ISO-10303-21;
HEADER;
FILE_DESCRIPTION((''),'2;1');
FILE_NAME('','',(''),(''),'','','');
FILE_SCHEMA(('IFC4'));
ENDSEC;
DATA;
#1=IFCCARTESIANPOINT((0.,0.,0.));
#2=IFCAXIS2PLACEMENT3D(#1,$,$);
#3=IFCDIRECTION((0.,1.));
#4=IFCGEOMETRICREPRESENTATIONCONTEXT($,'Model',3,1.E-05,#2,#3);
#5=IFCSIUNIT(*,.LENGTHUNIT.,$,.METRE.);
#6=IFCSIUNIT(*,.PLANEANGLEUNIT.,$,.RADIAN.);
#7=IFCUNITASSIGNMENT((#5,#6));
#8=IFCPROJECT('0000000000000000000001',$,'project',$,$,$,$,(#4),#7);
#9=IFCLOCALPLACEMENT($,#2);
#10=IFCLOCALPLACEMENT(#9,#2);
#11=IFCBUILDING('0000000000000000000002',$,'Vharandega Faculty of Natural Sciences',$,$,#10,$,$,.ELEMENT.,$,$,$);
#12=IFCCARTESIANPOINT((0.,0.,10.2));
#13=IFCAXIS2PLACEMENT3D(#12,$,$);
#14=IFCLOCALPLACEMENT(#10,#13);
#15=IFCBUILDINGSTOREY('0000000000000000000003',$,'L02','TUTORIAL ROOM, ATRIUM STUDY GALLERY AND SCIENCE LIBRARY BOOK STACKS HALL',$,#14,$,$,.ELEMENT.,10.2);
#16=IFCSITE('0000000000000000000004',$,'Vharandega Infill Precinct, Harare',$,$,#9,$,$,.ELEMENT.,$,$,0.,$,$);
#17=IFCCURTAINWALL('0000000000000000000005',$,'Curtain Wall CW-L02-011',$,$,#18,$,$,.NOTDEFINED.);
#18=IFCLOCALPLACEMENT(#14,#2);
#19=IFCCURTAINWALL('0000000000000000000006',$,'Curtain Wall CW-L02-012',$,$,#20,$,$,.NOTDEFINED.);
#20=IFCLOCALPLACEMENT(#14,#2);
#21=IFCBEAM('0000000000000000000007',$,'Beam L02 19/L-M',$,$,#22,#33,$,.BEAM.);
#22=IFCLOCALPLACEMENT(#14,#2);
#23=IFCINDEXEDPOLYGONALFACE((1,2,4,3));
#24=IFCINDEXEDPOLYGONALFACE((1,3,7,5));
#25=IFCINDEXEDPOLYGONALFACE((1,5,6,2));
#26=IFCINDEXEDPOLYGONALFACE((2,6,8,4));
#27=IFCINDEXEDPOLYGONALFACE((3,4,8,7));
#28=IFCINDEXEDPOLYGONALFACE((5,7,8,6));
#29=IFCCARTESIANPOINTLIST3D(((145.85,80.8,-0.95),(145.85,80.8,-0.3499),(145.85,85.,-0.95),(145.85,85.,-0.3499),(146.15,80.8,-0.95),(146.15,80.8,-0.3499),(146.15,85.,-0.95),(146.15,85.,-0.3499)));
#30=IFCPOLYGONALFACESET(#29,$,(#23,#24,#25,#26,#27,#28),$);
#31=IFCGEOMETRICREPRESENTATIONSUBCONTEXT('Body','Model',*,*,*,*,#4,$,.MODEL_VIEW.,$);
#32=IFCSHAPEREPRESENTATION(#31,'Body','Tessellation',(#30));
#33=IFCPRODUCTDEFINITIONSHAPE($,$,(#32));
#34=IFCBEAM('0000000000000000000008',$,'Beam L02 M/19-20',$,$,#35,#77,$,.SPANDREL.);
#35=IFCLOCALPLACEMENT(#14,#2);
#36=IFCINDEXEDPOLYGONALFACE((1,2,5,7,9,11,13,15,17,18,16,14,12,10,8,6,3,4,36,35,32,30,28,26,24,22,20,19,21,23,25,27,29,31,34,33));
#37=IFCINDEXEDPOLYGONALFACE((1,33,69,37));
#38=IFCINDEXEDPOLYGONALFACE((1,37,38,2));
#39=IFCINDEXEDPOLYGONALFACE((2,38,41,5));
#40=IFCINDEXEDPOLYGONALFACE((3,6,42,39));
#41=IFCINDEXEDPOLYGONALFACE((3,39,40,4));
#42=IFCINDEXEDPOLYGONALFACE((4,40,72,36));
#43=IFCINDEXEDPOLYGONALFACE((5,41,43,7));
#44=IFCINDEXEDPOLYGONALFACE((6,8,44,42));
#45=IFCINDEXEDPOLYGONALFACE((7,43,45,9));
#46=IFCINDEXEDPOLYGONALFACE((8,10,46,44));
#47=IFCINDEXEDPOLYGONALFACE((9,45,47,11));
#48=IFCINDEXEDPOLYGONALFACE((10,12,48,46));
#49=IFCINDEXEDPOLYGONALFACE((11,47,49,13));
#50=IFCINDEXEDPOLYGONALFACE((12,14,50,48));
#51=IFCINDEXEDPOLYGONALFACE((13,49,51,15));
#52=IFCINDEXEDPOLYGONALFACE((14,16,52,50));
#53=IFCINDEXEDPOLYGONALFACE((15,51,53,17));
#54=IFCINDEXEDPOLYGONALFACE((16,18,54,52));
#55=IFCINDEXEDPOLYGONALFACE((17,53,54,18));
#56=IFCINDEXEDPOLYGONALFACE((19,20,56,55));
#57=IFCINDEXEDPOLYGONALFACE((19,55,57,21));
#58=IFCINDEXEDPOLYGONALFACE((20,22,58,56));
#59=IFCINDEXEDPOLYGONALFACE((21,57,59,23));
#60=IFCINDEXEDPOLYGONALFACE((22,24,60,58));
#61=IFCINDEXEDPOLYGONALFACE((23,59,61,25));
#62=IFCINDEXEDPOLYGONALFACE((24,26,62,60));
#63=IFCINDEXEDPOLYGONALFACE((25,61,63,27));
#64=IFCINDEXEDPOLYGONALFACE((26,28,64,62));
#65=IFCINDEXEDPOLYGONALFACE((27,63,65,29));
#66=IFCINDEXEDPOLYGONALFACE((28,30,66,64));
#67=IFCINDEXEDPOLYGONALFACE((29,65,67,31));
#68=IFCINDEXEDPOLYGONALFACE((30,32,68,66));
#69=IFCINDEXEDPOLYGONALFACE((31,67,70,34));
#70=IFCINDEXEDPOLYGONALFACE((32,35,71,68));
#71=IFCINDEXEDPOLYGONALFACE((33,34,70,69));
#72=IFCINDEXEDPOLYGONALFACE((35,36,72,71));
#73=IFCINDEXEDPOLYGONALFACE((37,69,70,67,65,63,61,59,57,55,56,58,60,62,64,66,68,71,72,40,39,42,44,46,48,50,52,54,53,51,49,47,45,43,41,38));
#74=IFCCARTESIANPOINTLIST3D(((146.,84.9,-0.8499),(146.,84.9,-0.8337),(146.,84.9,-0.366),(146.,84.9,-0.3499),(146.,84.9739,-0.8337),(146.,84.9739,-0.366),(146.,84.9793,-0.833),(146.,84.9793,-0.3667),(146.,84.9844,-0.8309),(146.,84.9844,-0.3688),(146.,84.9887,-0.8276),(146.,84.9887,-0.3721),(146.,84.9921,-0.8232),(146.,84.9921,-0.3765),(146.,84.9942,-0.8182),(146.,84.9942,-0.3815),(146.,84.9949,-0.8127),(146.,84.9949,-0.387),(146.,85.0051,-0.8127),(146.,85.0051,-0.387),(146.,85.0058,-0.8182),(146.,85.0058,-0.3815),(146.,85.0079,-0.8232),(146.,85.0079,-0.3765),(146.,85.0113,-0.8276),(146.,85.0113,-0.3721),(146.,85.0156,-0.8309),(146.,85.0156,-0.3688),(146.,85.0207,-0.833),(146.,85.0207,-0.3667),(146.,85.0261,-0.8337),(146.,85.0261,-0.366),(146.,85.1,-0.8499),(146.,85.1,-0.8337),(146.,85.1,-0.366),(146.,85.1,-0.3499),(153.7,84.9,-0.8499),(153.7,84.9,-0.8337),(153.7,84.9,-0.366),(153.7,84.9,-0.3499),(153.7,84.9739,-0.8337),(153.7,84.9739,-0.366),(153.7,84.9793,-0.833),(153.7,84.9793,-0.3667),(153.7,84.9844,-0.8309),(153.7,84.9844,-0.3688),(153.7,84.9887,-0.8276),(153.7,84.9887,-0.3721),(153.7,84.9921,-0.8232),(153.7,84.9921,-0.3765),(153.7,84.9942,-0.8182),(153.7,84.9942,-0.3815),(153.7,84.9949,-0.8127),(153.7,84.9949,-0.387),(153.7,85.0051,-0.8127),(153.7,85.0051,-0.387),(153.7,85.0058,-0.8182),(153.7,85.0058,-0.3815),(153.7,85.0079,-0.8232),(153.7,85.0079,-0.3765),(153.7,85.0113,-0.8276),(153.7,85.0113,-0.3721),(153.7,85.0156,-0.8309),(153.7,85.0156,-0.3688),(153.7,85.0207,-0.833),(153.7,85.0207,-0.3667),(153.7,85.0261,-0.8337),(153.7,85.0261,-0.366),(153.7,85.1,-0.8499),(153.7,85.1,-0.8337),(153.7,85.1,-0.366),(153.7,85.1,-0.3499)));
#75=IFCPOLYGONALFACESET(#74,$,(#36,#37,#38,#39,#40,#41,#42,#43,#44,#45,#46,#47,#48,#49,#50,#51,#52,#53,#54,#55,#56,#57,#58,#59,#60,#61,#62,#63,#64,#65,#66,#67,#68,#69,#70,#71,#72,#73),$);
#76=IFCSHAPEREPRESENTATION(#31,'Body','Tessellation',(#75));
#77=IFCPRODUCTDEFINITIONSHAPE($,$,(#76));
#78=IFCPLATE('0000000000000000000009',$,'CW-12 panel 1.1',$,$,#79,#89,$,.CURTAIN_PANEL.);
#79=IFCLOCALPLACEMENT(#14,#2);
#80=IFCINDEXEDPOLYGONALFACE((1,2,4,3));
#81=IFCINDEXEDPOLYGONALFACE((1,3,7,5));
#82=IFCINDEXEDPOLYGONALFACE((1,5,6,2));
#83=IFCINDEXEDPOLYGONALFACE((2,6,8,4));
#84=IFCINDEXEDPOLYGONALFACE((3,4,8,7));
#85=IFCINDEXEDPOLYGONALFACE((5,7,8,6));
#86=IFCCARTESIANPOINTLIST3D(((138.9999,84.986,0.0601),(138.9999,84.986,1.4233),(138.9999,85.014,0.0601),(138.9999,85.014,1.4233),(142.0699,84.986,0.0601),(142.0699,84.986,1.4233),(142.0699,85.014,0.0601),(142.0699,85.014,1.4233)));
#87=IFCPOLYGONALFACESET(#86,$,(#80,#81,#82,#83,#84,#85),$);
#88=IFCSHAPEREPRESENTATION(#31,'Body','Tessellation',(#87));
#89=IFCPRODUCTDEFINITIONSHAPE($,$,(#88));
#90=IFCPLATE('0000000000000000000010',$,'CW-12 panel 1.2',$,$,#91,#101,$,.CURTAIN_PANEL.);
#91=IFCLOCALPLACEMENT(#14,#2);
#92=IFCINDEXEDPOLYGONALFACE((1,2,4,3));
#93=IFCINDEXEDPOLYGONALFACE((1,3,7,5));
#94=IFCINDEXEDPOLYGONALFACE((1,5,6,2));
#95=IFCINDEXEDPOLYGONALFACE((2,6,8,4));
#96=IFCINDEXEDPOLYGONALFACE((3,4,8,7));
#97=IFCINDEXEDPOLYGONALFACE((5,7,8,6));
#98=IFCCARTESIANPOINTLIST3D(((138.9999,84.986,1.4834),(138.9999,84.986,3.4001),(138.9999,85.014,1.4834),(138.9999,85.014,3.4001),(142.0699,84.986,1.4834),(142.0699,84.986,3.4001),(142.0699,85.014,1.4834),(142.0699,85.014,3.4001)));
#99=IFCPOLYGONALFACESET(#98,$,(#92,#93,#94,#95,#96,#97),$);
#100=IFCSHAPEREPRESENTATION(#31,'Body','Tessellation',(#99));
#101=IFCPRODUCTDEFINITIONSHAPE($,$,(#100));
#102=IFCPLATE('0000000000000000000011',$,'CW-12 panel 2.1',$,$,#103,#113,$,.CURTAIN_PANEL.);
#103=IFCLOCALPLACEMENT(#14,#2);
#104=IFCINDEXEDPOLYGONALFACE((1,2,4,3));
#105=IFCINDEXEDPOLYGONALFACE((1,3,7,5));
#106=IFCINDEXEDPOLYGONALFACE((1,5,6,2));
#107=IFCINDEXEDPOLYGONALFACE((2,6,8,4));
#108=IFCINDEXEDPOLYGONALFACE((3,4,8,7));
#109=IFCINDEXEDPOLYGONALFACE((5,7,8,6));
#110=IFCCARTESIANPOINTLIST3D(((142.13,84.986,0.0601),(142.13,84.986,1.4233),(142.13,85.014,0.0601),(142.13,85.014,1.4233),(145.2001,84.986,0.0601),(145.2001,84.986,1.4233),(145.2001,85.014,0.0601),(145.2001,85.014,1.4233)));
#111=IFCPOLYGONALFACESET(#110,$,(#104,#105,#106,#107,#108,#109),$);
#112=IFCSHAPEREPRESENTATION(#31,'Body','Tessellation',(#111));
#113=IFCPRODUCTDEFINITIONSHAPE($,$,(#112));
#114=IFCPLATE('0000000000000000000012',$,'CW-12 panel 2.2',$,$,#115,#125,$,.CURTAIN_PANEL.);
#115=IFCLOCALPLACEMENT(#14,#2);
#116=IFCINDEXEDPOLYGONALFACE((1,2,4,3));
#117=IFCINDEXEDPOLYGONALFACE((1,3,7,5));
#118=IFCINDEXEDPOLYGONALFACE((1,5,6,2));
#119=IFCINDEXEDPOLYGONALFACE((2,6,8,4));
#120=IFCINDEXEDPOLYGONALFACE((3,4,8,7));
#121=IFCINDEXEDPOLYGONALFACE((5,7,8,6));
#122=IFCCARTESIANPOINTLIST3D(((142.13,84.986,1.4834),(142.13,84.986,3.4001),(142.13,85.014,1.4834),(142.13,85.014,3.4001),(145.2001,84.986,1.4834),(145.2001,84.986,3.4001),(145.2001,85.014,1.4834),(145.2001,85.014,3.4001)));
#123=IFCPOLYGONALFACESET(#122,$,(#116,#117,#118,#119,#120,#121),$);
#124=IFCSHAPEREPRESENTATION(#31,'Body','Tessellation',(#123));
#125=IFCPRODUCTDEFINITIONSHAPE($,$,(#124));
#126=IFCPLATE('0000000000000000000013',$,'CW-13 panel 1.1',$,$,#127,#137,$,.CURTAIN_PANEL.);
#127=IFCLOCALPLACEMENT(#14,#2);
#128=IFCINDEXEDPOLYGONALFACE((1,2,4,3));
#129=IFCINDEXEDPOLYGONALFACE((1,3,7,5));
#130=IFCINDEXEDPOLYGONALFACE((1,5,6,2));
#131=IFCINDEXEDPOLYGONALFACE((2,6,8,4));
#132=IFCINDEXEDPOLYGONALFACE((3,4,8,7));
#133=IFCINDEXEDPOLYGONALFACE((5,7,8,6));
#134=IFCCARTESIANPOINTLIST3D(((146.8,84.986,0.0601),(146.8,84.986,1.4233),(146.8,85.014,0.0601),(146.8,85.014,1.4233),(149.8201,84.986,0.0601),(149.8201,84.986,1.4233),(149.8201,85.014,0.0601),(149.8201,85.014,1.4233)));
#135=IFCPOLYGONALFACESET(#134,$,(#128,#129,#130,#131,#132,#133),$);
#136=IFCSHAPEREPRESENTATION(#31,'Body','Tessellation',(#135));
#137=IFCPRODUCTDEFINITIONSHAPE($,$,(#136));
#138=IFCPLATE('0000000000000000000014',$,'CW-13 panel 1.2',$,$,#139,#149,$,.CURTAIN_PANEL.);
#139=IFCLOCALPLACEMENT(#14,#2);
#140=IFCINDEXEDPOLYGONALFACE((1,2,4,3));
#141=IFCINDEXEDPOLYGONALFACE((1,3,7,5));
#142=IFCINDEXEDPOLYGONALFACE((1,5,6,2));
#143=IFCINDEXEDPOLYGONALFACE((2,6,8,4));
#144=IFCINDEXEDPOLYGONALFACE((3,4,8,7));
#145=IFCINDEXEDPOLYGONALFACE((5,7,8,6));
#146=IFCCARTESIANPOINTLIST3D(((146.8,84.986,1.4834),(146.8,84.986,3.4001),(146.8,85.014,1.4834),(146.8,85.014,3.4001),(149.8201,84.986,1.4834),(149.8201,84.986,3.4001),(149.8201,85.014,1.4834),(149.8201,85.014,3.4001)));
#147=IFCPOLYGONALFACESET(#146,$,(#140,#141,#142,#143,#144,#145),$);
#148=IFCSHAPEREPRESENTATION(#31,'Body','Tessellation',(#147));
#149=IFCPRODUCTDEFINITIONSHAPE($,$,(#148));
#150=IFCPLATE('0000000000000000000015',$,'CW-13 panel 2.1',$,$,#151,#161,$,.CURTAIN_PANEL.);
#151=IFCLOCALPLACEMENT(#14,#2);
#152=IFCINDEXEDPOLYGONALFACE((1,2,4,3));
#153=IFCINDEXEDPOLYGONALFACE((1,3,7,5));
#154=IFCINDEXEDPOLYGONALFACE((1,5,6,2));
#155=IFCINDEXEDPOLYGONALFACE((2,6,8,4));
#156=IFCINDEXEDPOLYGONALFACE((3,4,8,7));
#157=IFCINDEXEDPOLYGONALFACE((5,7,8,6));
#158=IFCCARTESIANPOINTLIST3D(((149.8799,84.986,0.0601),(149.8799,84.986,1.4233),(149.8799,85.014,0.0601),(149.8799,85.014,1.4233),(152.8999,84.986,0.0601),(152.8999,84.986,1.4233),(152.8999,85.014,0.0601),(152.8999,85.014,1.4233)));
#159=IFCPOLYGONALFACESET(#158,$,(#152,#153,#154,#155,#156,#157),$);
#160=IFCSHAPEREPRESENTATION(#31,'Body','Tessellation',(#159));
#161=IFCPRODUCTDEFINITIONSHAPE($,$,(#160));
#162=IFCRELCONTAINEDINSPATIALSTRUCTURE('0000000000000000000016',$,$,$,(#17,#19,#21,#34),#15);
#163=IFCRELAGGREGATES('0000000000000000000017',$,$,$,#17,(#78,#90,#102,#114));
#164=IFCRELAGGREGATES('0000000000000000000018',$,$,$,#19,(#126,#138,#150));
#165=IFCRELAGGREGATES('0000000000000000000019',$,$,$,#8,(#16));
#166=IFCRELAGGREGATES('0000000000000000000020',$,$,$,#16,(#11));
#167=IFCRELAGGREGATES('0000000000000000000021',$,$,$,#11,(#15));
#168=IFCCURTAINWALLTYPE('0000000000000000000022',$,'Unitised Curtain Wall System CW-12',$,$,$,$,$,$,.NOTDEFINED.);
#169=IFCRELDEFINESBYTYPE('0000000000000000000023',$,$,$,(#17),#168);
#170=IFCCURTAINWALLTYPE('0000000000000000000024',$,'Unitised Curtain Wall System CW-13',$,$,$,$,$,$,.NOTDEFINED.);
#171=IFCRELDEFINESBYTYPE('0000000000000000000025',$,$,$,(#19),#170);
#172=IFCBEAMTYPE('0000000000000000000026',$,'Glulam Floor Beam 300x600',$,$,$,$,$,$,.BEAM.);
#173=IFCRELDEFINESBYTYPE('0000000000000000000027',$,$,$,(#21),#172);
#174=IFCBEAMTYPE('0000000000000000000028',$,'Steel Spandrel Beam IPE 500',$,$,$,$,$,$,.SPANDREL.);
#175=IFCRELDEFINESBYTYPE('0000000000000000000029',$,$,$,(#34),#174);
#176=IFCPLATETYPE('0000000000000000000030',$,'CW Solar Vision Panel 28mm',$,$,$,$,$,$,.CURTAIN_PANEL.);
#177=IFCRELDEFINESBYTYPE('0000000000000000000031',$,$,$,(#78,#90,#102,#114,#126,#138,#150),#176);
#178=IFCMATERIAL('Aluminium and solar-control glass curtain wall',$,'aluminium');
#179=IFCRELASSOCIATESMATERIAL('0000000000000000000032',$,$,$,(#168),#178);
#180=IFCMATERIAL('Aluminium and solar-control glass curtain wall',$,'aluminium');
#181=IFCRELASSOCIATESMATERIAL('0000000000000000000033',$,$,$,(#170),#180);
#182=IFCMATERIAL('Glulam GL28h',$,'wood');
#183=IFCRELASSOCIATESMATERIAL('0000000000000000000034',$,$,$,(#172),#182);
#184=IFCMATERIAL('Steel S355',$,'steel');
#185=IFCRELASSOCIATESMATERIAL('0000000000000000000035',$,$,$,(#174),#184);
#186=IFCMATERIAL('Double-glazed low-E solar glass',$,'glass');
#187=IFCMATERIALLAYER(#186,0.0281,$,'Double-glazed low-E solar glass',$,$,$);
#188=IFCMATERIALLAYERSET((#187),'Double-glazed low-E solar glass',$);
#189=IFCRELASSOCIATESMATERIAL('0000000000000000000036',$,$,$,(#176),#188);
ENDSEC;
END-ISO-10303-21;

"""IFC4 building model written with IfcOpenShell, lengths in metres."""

from ifc_helpers import new_model, si_unit, direction, frame, origin, origin_2d, place, context, subcontext, project, spatial, rectangle, i_section, extrude, material, layer, layer_set, material_profile, profile_set, type_object, element, aggregate, save


model = new_model("IFC4")

# Units and contexts
model_context = context("Model", 3, precision=1e-05, world=origin(), true_north=direction((0.0, 1.0)))
body_context = subcontext(model_context, "Body", "Model", "MODEL_VIEW")
ifc_project = project(units=[si_unit("LENGTHUNIT", "METRE"), si_unit("PLANEANGLEUNIT", "RADIAN")], contexts=[model_context])

# Site, building, storey
site_placement = place(None, origin())
site = spatial("IfcSite", under=ifc_project, at=site_placement, Name="Vharandega Infill Precinct, Harare", CompositionType="ELEMENT", RefElevation=0.0)
building_placement = place(site_placement, origin())
building = spatial("IfcBuilding", under=site, at=building_placement, Name="Vharandega Faculty of Natural Sciences", CompositionType="ELEMENT")
storey_placement = place(building_placement, frame((0.0, 0.0, 10.2)))
storey = spatial("IfcBuildingStorey", under=building, at=storey_placement, Name="L02", Description="TUTORIAL ROOM, ATRIUM STUDY GALLERY AND SCIENCE LIBRARY BOOK STACKS HALL", CompositionType="ELEMENT", Elevation=10.2)

# Curtain walls
ifc_material_1 = material(Name="Aluminium and solar-control glass curtain wall", Category="aluminium")
curtain_wall_type_1 = type_object("IfcCurtainWallType", Name="Unitised Curtain Wall System CW-12", PredefinedType="NOTDEFINED", material=ifc_material_1)
curtain_wall_1_placement = place(storey_placement, origin())
curtain_wall_1 = element("IfcCurtainWall", 1, at=curtain_wall_1_placement, inside=storey, type_object=curtain_wall_type_1, Name="Curtain Wall CW-L02-011", PredefinedType="NOTDEFINED")
ifc_material_2 = material(Name="Aluminium and solar-control glass curtain wall", Category="aluminium")
curtain_wall_type_2 = type_object("IfcCurtainWallType", Name="Unitised Curtain Wall System CW-13", PredefinedType="NOTDEFINED", material=ifc_material_2)
curtain_wall_2_placement = place(storey_placement, origin())
curtain_wall_2 = element("IfcCurtainWall", 2, at=curtain_wall_2_placement, inside=storey, type_object=curtain_wall_type_2, Name="Curtain Wall CW-L02-012", PredefinedType="NOTDEFINED")

# Beams
ifc_material_3 = material(Name="Glulam GL28h", Category="wood")
ifc_material_profile_1 = material_profile(ifc_material_3, rectangle(XDim=0.3, YDim=0.6001, at=origin_2d()), Name="GL28h 300x600")
ifc_profile_set_1 = profile_set([ifc_material_profile_1], Name="Glulam GL28h")
beam_type_1 = type_object("IfcBeamType", Name="Glulam Floor Beam 300x600", PredefinedType="BEAM", material=ifc_profile_set_1)
beam_1_placement = place(storey_placement, frame((146.0, 80.8, -0.6499), z_axis=(0.0, 1.0, 0.0), x_axis=(-1.0, 0.0, 0.0)))
element("IfcBeam", 3, at=beam_1_placement, inside=storey, type_object=beam_type_1, Name="Beam L02 19/L-M", PredefinedType="BEAM", context=body_context, shape_type="SweptSolid", body=[
    extrude(rectangle(XDim=0.3, YDim=0.6001, at=origin_2d()), origin(), (0.0, 0.0, 1.0), 4.2),
])
ifc_material_4 = material(Name="Steel S355", Category="steel")
ifc_material_profile_2 = material_profile(ifc_material_4, i_section(OverallWidth=0.2, OverallDepth=0.5, WebThickness=0.0103, FlangeThickness=0.0161, FilletRadius=0.021, at=origin_2d()), Name="IPE 500")
ifc_profile_set_2 = profile_set([ifc_material_profile_2], Name="Steel S355")
beam_type_2 = type_object("IfcBeamType", Name="Steel Spandrel Beam IPE 500", PredefinedType="SPANDREL", material=ifc_profile_set_2)
beam_2_placement = place(storey_placement, frame((146.0, 85.0, -0.5999), z_axis=(1.0, 0.0, 0.0), x_axis=(0.0, 1.0, 0.0)))
element("IfcBeam", 4, at=beam_2_placement, inside=storey, type_object=beam_type_2, Name="Beam L02 M/19-20", PredefinedType="SPANDREL", context=body_context, shape_type="SweptSolid", body=[
    extrude(i_section(OverallWidth=0.2, OverallDepth=0.5, WebThickness=0.0103, FlangeThickness=0.0161, FilletRadius=0.021, at=origin_2d()), origin(), (0.0, 0.0, 1.0), 7.7),
])

# Plates
ifc_material_5 = material(Name="Double-glazed low-E solar glass", Category="glass")
ifc_layer = layer(ifc_material_5, 0.0281, Name="Double-glazed low-E solar glass")
ifc_layer_set = layer_set([ifc_layer], Name="Double-glazed low-E solar glass")
plate_type = type_object("IfcPlateType", Name="CW Solar Vision Panel 28mm", PredefinedType="CURTAIN_PANEL", material=ifc_layer_set)
plate_1_placement = place(storey_placement, frame((140.5349, 85.0, 0.0601), z_axis=(0.0, 0.0, 1.0), x_axis=(1.0, 0.0, 0.0)))
plate_1 = element("IfcPlate", 5, at=plate_1_placement, type_object=plate_type, Name="CW-12 panel 1.1", PredefinedType="CURTAIN_PANEL", context=body_context, shape_type="SweptSolid", body=[
    extrude(rectangle(XDim=3.0701, YDim=0.0281, at=origin_2d()), origin(), (0.0, 0.0, 1.0), 1.3633),
])
plate_2_placement = place(storey_placement, frame((140.5349, 85.0, 1.4834), z_axis=(0.0, 0.0, 1.0), x_axis=(1.0, 0.0, 0.0)))
plate_2 = element("IfcPlate", 6, at=plate_2_placement, type_object=plate_type, Name="CW-12 panel 1.2", PredefinedType="CURTAIN_PANEL", context=body_context, shape_type="SweptSolid", body=[
    extrude(rectangle(XDim=3.0701, YDim=0.0281, at=origin_2d()), origin(), (0.0, 0.0, 1.0), 1.9167),
])
plate_3_placement = place(storey_placement, frame((143.665, 85.0, 0.0601), z_axis=(0.0, 0.0, 1.0), x_axis=(1.0, 0.0, 0.0)))
plate_3 = element("IfcPlate", 7, at=plate_3_placement, type_object=plate_type, Name="CW-12 panel 2.1", PredefinedType="CURTAIN_PANEL", context=body_context, shape_type="SweptSolid", body=[
    extrude(rectangle(XDim=3.0701, YDim=0.0281, at=origin_2d()), origin(), (0.0, 0.0, 1.0), 1.3633),
])
plate_4_placement = place(storey_placement, frame((143.665, 85.0, 1.4834), z_axis=(0.0, 0.0, 1.0), x_axis=(1.0, 0.0, 0.0)))
plate_4 = element("IfcPlate", 8, at=plate_4_placement, type_object=plate_type, Name="CW-12 panel 2.2", PredefinedType="CURTAIN_PANEL", context=body_context, shape_type="SweptSolid", body=[
    extrude(rectangle(XDim=3.0701, YDim=0.0281, at=origin_2d()), origin(), (0.0, 0.0, 1.0), 1.9167),
])
aggregate(curtain_wall_1, [plate_1, plate_2, plate_3, plate_4])
plate_5_placement = place(storey_placement, frame((148.3101, 85.0, 0.0601), z_axis=(0.0, 0.0, 1.0), x_axis=(1.0, 0.0, 0.0)))
plate_5 = element("IfcPlate", 9, at=plate_5_placement, type_object=plate_type, Name="CW-13 panel 1.1", PredefinedType="CURTAIN_PANEL", context=body_context, shape_type="SweptSolid", body=[
    extrude(rectangle(XDim=3.02, YDim=0.0281, at=origin_2d()), origin(), (0.0, 0.0, 1.0), 1.3633),
])
plate_6_placement = place(storey_placement, frame((148.3101, 85.0, 1.4834), z_axis=(0.0, 0.0, 1.0), x_axis=(1.0, 0.0, 0.0)))
plate_6 = element("IfcPlate", 10, at=plate_6_placement, type_object=plate_type, Name="CW-13 panel 1.2", PredefinedType="CURTAIN_PANEL", context=body_context, shape_type="SweptSolid", body=[
    extrude(rectangle(XDim=3.02, YDim=0.0281, at=origin_2d()), origin(), (0.0, 0.0, 1.0), 1.9167),
])
plate_7_placement = place(storey_placement, frame((151.3899, 85.0, 0.0601), z_axis=(0.0, 0.0, 1.0), x_axis=(1.0, 0.0, 0.0)))
plate_7 = element("IfcPlate", 11, at=plate_7_placement, type_object=plate_type, Name="CW-13 panel 2.1", PredefinedType="CURTAIN_PANEL", context=body_context, shape_type="SweptSolid", body=[
    extrude(rectangle(XDim=3.02, YDim=0.0281, at=origin_2d()), origin(), (0.0, 0.0, 1.0), 1.3633),
])
aggregate(curtain_wall_2, [plate_5, plate_6, plate_7])

save(model, "model.ifc")
